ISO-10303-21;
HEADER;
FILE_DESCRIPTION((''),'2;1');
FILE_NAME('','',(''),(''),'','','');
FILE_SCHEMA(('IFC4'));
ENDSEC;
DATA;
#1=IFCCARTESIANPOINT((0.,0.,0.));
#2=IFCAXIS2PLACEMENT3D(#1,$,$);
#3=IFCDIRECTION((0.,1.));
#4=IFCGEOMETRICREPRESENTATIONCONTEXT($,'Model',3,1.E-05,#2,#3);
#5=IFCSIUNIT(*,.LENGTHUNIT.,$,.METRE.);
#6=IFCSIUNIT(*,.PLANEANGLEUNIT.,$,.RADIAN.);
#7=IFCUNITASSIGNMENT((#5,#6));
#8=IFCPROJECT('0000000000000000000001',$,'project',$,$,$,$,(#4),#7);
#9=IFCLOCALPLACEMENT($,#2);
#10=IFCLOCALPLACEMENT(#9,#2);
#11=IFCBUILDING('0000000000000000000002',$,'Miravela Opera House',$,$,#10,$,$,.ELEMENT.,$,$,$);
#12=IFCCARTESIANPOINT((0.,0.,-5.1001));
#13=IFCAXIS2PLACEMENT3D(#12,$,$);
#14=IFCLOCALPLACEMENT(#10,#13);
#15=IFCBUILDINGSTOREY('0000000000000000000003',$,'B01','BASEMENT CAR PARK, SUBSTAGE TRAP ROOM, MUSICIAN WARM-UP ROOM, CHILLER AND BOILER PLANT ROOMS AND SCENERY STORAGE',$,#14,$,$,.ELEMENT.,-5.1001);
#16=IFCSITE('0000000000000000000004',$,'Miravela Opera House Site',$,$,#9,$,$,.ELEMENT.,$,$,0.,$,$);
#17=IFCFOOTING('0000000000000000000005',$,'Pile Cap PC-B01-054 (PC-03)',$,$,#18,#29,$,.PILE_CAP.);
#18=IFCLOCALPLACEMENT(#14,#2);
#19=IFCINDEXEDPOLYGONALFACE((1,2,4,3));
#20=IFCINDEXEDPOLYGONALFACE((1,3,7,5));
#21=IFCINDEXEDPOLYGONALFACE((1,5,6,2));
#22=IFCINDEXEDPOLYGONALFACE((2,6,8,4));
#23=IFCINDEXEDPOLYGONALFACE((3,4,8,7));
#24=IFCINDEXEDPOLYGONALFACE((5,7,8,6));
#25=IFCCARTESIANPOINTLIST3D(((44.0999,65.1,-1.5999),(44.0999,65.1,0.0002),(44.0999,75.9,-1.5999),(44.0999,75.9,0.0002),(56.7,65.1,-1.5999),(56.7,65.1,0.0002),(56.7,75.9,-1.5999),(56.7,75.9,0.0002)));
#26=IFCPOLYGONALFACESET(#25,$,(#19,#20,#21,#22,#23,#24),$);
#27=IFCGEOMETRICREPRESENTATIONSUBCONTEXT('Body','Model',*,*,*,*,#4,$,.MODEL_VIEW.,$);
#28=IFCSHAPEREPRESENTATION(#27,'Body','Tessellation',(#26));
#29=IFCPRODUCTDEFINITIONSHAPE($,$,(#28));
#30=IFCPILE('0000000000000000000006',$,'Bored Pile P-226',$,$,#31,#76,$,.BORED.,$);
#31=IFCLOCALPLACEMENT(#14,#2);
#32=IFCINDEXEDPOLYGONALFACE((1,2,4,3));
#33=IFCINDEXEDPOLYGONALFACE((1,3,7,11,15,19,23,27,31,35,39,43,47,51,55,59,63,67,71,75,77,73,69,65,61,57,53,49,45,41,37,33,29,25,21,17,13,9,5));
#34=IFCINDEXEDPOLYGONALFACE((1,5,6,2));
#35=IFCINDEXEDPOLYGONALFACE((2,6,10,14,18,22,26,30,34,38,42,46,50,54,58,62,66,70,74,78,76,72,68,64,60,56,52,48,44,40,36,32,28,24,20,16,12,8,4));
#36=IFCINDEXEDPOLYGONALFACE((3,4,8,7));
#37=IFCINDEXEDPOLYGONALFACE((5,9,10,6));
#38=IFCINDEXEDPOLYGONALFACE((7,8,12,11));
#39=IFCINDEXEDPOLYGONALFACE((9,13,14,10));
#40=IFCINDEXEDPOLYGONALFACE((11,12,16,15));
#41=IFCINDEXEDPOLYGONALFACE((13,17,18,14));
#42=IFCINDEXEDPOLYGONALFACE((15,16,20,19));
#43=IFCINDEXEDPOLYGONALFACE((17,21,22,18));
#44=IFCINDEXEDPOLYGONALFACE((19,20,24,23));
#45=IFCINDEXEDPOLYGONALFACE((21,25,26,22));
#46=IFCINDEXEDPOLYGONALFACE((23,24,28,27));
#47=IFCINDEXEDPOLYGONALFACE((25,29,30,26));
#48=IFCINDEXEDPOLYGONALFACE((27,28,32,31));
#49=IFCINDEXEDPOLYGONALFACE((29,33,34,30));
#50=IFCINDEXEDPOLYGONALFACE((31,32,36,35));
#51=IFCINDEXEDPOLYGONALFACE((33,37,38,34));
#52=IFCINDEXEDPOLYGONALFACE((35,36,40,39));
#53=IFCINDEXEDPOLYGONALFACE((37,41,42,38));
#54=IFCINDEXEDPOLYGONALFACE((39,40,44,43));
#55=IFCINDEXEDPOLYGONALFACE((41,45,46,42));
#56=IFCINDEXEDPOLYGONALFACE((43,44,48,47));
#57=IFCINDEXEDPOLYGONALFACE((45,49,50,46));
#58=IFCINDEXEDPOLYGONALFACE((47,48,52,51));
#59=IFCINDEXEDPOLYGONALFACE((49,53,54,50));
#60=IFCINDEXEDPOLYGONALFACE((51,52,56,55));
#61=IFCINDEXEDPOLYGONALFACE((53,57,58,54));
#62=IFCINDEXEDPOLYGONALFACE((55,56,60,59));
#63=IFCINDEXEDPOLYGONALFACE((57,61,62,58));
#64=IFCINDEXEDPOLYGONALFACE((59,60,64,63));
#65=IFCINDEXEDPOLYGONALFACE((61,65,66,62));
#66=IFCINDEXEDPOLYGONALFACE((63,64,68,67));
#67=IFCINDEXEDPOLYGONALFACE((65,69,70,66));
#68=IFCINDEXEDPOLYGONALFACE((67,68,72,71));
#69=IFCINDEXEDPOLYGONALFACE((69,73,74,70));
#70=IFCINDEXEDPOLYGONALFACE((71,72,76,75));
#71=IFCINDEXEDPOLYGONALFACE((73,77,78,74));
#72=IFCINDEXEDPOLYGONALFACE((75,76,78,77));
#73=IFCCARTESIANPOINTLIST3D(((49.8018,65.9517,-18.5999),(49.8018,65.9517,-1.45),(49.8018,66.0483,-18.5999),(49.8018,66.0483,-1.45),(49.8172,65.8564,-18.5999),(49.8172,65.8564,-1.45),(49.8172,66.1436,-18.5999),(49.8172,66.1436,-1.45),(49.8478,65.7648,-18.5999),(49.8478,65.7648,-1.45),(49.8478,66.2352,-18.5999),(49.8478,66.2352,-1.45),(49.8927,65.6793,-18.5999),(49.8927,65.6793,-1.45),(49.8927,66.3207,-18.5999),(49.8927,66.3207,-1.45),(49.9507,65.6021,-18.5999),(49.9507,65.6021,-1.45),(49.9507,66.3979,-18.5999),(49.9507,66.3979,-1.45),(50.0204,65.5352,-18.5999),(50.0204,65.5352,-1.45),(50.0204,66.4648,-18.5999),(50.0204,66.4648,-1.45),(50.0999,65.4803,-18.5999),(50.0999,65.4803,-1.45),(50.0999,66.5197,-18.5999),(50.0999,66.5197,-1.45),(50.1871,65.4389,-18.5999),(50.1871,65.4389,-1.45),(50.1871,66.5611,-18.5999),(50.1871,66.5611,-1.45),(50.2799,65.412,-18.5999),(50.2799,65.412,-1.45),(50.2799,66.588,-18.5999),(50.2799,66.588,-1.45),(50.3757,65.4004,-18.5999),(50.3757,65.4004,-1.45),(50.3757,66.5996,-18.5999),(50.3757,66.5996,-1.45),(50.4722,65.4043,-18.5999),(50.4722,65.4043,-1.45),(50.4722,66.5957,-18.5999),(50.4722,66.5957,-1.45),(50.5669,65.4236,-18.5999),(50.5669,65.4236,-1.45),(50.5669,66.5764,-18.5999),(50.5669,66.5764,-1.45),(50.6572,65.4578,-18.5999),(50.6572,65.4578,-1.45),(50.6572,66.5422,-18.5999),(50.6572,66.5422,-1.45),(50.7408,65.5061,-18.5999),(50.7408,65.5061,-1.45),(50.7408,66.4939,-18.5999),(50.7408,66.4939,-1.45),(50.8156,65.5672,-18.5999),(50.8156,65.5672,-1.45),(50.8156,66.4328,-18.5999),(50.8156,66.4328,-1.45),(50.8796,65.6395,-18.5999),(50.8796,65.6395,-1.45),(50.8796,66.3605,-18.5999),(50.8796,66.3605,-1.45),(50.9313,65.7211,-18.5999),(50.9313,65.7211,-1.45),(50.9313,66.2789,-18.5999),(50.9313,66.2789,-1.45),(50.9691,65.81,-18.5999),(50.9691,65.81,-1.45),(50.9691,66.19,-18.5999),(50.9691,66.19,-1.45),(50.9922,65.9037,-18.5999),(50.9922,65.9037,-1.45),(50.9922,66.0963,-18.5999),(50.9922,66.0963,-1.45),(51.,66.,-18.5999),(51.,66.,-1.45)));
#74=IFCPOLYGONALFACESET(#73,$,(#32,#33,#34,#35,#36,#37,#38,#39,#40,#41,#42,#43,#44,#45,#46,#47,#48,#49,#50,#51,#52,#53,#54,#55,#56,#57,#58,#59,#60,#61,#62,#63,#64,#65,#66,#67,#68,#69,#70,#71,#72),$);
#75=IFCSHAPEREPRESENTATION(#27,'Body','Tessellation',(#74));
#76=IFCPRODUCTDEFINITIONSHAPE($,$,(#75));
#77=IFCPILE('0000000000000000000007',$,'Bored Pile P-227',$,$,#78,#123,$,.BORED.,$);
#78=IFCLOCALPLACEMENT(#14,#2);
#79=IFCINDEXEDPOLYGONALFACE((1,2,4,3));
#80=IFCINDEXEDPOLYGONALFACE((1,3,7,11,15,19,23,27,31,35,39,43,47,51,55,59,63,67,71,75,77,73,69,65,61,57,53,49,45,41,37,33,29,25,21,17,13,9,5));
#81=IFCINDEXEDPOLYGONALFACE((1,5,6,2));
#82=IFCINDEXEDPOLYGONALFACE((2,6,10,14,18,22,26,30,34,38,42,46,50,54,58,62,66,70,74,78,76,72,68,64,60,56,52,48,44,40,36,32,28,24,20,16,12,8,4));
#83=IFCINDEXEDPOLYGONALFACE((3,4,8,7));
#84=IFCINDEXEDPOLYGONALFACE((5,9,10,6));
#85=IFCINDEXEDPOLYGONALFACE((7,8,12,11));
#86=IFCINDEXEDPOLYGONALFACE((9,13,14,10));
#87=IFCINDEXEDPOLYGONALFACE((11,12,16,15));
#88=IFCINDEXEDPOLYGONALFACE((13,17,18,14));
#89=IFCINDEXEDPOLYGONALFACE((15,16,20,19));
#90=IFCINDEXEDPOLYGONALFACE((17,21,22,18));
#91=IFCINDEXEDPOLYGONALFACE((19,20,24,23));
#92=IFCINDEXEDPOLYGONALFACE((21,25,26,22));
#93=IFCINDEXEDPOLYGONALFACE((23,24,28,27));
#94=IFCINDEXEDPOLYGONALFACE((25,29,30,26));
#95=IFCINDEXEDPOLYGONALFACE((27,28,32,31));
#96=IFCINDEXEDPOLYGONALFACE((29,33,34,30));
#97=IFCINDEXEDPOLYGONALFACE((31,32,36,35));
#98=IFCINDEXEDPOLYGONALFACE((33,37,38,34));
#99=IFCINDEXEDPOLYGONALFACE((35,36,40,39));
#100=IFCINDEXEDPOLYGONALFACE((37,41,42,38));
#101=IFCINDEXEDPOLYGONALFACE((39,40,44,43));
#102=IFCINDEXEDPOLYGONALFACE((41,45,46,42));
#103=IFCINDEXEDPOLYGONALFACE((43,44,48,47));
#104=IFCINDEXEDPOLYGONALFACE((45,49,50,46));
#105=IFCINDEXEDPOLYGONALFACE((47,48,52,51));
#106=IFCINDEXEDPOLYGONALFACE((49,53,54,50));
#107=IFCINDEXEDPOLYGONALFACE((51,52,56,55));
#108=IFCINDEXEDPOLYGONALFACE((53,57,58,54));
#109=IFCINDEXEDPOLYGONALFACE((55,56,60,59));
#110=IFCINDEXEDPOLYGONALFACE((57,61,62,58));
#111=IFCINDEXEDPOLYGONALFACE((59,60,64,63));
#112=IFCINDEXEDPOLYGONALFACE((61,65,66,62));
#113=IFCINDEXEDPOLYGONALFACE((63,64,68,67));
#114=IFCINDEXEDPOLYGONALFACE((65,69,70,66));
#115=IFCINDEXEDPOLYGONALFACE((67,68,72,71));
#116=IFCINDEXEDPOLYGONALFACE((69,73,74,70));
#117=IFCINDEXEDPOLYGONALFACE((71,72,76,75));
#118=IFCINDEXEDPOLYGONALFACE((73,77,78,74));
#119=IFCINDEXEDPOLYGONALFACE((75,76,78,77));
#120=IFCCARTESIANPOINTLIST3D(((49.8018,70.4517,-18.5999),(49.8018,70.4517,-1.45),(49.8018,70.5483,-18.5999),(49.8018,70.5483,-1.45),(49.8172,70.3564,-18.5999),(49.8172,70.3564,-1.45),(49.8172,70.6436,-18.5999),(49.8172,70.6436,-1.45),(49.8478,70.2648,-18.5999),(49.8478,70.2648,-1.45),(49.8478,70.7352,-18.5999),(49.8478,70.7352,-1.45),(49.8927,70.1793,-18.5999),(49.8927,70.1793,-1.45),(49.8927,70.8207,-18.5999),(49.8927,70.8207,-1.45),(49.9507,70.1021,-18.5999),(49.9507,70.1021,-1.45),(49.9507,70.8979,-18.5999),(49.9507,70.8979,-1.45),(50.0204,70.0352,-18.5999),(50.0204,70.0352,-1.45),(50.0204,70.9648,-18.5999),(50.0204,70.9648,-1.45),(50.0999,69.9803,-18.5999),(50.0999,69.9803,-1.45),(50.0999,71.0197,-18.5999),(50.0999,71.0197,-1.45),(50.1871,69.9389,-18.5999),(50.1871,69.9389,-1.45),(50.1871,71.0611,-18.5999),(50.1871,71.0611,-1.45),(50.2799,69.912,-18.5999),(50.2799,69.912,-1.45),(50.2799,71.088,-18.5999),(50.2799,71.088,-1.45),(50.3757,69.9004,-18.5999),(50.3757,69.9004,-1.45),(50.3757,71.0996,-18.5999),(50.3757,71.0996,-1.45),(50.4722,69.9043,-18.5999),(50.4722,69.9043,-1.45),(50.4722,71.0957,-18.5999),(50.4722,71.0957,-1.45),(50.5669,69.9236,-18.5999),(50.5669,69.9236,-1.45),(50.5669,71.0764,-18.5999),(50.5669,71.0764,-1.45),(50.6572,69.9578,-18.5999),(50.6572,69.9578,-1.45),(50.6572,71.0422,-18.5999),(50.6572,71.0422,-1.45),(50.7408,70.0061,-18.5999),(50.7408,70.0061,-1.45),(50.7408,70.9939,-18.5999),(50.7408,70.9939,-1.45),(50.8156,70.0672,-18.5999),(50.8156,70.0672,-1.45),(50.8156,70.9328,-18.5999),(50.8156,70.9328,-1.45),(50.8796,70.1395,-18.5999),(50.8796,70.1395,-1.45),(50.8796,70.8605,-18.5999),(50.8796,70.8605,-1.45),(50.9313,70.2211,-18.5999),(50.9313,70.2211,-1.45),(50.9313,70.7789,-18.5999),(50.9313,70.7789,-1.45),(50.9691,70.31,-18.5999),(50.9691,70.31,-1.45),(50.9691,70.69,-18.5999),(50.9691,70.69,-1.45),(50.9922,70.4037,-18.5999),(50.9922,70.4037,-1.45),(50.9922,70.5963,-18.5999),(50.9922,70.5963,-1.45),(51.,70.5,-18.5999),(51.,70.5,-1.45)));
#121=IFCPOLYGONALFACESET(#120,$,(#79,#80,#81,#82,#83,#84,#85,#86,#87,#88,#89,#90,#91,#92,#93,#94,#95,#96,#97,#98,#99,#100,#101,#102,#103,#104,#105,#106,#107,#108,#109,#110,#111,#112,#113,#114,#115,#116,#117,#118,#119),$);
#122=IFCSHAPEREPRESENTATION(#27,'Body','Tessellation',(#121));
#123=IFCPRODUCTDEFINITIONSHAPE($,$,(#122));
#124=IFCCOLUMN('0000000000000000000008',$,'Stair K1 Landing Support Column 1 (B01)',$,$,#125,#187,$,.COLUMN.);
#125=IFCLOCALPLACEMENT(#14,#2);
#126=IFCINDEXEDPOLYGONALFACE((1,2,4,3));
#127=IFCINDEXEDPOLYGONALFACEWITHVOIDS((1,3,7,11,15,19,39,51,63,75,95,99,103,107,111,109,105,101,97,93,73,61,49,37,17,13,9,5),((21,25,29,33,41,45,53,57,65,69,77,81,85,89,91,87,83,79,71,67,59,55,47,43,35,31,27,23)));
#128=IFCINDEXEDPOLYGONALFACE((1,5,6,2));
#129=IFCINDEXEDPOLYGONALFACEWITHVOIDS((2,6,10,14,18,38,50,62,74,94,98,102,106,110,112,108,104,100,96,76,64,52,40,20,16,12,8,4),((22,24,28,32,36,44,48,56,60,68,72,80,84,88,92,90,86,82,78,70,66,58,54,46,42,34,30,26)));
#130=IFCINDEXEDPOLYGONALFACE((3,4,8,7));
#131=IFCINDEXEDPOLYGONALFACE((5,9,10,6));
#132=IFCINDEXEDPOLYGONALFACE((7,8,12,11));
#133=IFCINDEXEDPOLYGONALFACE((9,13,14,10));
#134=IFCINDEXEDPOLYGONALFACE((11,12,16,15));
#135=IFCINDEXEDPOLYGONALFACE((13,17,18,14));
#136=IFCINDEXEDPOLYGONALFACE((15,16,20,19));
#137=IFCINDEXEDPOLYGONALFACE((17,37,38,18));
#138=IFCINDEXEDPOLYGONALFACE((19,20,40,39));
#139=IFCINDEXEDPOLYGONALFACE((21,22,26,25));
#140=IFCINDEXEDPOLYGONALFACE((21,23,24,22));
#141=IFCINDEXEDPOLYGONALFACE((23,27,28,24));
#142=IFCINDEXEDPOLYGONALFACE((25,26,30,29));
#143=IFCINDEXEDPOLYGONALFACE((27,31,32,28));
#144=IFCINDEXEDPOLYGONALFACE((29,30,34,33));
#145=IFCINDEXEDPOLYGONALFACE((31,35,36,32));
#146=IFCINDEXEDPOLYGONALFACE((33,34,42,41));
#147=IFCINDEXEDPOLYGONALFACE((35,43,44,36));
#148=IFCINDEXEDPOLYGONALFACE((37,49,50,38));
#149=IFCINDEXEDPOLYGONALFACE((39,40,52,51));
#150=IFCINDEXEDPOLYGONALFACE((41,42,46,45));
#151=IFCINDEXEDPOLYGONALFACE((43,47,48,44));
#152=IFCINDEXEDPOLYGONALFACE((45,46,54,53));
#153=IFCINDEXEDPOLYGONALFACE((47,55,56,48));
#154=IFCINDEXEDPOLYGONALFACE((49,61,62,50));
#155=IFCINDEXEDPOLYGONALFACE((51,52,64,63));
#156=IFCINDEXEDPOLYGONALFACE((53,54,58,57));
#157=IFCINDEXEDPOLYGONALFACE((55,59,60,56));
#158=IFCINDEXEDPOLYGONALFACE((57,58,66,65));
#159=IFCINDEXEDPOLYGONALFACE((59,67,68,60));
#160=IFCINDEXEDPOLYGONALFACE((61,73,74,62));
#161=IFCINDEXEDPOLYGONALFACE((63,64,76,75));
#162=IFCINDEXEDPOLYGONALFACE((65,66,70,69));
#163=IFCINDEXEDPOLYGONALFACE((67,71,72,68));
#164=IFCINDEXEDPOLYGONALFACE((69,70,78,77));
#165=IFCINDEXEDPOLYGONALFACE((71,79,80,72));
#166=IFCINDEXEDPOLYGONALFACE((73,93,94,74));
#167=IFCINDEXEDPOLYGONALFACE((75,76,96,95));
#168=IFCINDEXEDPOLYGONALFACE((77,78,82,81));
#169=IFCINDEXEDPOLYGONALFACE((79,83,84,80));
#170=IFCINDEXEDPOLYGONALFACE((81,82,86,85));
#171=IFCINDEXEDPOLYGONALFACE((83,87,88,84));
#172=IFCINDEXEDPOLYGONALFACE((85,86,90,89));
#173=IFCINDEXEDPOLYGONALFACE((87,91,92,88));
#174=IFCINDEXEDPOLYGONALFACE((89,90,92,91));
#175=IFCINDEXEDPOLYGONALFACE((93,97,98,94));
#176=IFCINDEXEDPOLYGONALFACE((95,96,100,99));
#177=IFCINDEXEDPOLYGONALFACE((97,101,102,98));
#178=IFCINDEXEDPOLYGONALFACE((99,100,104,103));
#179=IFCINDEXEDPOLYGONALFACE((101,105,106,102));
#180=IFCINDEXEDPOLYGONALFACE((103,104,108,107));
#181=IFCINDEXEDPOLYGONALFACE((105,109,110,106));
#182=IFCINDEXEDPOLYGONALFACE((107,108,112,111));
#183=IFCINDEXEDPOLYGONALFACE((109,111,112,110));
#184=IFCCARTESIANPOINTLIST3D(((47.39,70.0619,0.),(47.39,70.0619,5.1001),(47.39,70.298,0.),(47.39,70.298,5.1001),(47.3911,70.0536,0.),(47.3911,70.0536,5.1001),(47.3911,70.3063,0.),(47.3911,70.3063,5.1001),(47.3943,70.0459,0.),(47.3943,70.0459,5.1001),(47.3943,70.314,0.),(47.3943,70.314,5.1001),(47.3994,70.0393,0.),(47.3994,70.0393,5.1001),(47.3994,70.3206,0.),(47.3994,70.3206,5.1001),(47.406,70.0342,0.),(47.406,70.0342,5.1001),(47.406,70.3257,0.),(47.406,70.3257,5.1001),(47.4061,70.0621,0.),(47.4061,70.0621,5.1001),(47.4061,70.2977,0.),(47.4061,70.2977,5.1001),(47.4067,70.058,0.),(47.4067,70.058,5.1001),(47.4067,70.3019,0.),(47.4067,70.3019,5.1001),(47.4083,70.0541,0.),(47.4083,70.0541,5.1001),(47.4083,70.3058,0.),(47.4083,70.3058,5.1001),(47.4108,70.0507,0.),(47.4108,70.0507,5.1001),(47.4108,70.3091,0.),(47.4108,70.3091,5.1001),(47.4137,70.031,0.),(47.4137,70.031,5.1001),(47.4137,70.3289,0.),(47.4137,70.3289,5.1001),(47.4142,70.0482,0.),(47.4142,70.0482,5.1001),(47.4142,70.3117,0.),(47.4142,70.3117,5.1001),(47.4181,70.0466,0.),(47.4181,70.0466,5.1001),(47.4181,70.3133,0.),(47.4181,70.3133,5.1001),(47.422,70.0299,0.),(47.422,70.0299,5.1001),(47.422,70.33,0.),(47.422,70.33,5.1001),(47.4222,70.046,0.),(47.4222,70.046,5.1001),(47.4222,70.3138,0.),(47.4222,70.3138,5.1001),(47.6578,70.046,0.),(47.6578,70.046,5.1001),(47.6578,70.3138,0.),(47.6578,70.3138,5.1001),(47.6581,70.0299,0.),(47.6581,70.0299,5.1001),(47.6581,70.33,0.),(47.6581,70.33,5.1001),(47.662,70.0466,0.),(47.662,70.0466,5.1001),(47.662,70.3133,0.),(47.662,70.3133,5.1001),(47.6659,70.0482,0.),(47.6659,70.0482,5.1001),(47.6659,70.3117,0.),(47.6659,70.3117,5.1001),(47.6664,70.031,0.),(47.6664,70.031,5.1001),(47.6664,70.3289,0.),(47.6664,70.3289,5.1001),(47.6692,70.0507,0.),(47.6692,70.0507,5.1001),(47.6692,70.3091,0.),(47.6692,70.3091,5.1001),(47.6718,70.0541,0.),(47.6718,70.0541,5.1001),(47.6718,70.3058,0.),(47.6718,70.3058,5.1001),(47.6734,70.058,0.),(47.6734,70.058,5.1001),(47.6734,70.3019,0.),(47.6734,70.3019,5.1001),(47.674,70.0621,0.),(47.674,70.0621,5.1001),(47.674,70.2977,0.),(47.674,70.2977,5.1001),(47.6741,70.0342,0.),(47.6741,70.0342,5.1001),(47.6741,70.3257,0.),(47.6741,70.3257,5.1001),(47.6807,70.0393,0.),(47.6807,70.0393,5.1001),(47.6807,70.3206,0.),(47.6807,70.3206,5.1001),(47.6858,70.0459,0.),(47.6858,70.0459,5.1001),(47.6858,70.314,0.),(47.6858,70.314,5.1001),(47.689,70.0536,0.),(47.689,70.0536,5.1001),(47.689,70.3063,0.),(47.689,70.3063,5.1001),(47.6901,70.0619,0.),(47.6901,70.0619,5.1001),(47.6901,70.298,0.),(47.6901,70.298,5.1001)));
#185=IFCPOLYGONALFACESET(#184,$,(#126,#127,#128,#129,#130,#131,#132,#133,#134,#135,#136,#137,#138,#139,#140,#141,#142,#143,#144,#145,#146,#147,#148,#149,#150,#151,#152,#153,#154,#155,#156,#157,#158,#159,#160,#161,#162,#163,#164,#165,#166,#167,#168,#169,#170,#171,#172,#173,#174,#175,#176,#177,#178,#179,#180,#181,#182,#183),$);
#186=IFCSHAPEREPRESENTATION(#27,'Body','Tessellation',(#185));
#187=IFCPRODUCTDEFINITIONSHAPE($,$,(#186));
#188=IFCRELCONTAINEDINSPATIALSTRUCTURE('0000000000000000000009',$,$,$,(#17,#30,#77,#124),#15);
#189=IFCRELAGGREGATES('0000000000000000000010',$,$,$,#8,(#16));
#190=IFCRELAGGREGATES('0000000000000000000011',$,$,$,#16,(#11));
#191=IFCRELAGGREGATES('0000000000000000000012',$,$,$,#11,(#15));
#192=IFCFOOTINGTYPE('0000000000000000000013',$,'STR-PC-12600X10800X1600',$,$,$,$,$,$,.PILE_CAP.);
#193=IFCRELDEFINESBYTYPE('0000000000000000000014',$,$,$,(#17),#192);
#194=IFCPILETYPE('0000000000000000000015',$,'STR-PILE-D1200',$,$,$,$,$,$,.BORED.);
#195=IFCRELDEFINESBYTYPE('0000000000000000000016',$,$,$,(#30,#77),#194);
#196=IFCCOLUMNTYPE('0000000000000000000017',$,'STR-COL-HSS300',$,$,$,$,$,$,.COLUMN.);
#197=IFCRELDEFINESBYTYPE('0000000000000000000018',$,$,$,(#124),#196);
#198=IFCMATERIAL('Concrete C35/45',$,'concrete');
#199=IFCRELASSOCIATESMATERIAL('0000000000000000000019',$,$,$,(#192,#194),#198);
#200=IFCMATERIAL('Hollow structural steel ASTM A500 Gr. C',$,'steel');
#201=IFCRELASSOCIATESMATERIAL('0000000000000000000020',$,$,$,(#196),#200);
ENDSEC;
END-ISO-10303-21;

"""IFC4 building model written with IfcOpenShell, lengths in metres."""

from ifc_helpers import new_model, si_unit, direction, frame, origin, origin_2d, place, context, subcontext, project, spatial, rectangle, hollow_rectangle, circle, extrude, material, material_profile, profile_set, type_object, element, save


model = new_model("IFC4")

# Units and contexts
model_context = context("Model", 3, precision=1e-05, world=origin(), true_north=direction((0.0, 1.0)))
body_context = subcontext(model_context, "Body", "Model", "MODEL_VIEW")
ifc_project = project(units=[si_unit("LENGTHUNIT", "METRE"), si_unit("PLANEANGLEUNIT", "RADIAN")], contexts=[model_context])

# Site, building, storey
site_placement = place(None, origin())
site = spatial("IfcSite", under=ifc_project, at=site_placement, Name="Miravela Opera House Site", CompositionType="ELEMENT", RefElevation=0.0)
building_placement = place(site_placement, origin())
building = spatial("IfcBuilding", under=site, at=building_placement, Name="Miravela Opera House", CompositionType="ELEMENT")
storey_placement = place(building_placement, frame((0.0, 0.0, -5.1001)))
storey = spatial("IfcBuildingStorey", under=building, at=storey_placement, Name="B01", Description="BASEMENT CAR PARK, SUBSTAGE TRAP ROOM, MUSICIAN WARM-UP ROOM, CHILLER AND BOILER PLANT ROOMS AND SCENERY STORAGE", CompositionType="ELEMENT", Elevation=-5.1001)

# Footing
ifc_material_1 = material(Name="Concrete C35/45", Category="concrete")
footing_type = type_object("IfcFootingType", Name="STR-PC-12600X10800X1600", PredefinedType="PILE_CAP", material=ifc_material_1)
footing_placement = place(storey_placement, frame((50.3999, 70.5, -1.5999), z_axis=(0.0, 0.0, 1.0), x_axis=(1.0, 0.0, 0.0)))
element("IfcFooting", 1, at=footing_placement, inside=storey, type_object=footing_type, Name="Pile Cap PC-B01-054 (PC-03)", PredefinedType="PILE_CAP", context=body_context, shape_type="SweptSolid", body=[
    extrude(rectangle(XDim=12.6001, YDim=10.8, at=origin_2d()), origin(), (0.0, 0.0, 1.0), 1.6001),
])

# Piles
ifc_material_profile_1 = material_profile(ifc_material_1, circle(Radius=0.6001, at=origin_2d()), Name="PILE-D1200")
ifc_profile_set_1 = profile_set([ifc_material_profile_1])
pile_type = type_object("IfcPileType", Name="STR-PILE-D1200", PredefinedType="BORED", material=ifc_profile_set_1)
for number, where, z_axis, x_axis, name in (
    (2, (50.3999, 66.0, -1.45), (0.0, 0.0, -1.0), (1.0, 0.0, 0.0), "Bored Pile P-226"),
    (3, (50.3999, 70.5, -1.45), (0.0, 0.0, -1.0), (1.0, 0.0, 0.0), "Bored Pile P-227"),
):
    element("IfcPile", number, at=place(storey_placement, frame(where, z_axis=z_axis, x_axis=x_axis)), inside=storey, type_object=pile_type, Name=name, PredefinedType="BORED", context=body_context, shape_type="SweptSolid", body=[
        extrude(circle(Radius=0.6001, at=origin_2d()), origin(), (0.0, 0.0, 1.0), 17.1499),
    ])

# Column
ifc_material_2 = material(Name="Hollow structural steel ASTM A500 Gr. C", Category="steel")
ifc_material_profile_2 = material_profile(ifc_material_2, hollow_rectangle(XDim=0.3, YDim=0.3, WallThickness=0.0161, InnerFilletRadius=0.0161, OuterFilletRadius=0.032, at=origin_2d()), Name="HSS300X300X16")
ifc_profile_set_2 = profile_set([ifc_material_profile_2])
column_type_1 = type_object("IfcColumnType", Name="STR-COL-HSS300", PredefinedType="COLUMN", material=ifc_profile_set_2)
for number, where, z_axis, x_axis, name in (
    (4, (47.54, 70.1799, 0.0), (0.0, 0.0, 1.0), (1.0, 0.0, 0.0), "Stair K1 Landing Support Column 1 (B01)"),
):
    element("IfcColumn", number, at=place(storey_placement, frame(where, z_axis=z_axis, x_axis=x_axis)), inside=storey, type_object=column_type_1, Name=name, PredefinedType="COLUMN", context=body_context, shape_type="SweptSolid", body=[
        extrude(hollow_rectangle(XDim=0.3, YDim=0.3, WallThickness=0.0161, InnerFilletRadius=0.0161, OuterFilletRadius=0.032, at=origin_2d()), origin(), (0.0, 0.0, 1.0), 5.1001),
    ])

save(model, "model.ifc")
